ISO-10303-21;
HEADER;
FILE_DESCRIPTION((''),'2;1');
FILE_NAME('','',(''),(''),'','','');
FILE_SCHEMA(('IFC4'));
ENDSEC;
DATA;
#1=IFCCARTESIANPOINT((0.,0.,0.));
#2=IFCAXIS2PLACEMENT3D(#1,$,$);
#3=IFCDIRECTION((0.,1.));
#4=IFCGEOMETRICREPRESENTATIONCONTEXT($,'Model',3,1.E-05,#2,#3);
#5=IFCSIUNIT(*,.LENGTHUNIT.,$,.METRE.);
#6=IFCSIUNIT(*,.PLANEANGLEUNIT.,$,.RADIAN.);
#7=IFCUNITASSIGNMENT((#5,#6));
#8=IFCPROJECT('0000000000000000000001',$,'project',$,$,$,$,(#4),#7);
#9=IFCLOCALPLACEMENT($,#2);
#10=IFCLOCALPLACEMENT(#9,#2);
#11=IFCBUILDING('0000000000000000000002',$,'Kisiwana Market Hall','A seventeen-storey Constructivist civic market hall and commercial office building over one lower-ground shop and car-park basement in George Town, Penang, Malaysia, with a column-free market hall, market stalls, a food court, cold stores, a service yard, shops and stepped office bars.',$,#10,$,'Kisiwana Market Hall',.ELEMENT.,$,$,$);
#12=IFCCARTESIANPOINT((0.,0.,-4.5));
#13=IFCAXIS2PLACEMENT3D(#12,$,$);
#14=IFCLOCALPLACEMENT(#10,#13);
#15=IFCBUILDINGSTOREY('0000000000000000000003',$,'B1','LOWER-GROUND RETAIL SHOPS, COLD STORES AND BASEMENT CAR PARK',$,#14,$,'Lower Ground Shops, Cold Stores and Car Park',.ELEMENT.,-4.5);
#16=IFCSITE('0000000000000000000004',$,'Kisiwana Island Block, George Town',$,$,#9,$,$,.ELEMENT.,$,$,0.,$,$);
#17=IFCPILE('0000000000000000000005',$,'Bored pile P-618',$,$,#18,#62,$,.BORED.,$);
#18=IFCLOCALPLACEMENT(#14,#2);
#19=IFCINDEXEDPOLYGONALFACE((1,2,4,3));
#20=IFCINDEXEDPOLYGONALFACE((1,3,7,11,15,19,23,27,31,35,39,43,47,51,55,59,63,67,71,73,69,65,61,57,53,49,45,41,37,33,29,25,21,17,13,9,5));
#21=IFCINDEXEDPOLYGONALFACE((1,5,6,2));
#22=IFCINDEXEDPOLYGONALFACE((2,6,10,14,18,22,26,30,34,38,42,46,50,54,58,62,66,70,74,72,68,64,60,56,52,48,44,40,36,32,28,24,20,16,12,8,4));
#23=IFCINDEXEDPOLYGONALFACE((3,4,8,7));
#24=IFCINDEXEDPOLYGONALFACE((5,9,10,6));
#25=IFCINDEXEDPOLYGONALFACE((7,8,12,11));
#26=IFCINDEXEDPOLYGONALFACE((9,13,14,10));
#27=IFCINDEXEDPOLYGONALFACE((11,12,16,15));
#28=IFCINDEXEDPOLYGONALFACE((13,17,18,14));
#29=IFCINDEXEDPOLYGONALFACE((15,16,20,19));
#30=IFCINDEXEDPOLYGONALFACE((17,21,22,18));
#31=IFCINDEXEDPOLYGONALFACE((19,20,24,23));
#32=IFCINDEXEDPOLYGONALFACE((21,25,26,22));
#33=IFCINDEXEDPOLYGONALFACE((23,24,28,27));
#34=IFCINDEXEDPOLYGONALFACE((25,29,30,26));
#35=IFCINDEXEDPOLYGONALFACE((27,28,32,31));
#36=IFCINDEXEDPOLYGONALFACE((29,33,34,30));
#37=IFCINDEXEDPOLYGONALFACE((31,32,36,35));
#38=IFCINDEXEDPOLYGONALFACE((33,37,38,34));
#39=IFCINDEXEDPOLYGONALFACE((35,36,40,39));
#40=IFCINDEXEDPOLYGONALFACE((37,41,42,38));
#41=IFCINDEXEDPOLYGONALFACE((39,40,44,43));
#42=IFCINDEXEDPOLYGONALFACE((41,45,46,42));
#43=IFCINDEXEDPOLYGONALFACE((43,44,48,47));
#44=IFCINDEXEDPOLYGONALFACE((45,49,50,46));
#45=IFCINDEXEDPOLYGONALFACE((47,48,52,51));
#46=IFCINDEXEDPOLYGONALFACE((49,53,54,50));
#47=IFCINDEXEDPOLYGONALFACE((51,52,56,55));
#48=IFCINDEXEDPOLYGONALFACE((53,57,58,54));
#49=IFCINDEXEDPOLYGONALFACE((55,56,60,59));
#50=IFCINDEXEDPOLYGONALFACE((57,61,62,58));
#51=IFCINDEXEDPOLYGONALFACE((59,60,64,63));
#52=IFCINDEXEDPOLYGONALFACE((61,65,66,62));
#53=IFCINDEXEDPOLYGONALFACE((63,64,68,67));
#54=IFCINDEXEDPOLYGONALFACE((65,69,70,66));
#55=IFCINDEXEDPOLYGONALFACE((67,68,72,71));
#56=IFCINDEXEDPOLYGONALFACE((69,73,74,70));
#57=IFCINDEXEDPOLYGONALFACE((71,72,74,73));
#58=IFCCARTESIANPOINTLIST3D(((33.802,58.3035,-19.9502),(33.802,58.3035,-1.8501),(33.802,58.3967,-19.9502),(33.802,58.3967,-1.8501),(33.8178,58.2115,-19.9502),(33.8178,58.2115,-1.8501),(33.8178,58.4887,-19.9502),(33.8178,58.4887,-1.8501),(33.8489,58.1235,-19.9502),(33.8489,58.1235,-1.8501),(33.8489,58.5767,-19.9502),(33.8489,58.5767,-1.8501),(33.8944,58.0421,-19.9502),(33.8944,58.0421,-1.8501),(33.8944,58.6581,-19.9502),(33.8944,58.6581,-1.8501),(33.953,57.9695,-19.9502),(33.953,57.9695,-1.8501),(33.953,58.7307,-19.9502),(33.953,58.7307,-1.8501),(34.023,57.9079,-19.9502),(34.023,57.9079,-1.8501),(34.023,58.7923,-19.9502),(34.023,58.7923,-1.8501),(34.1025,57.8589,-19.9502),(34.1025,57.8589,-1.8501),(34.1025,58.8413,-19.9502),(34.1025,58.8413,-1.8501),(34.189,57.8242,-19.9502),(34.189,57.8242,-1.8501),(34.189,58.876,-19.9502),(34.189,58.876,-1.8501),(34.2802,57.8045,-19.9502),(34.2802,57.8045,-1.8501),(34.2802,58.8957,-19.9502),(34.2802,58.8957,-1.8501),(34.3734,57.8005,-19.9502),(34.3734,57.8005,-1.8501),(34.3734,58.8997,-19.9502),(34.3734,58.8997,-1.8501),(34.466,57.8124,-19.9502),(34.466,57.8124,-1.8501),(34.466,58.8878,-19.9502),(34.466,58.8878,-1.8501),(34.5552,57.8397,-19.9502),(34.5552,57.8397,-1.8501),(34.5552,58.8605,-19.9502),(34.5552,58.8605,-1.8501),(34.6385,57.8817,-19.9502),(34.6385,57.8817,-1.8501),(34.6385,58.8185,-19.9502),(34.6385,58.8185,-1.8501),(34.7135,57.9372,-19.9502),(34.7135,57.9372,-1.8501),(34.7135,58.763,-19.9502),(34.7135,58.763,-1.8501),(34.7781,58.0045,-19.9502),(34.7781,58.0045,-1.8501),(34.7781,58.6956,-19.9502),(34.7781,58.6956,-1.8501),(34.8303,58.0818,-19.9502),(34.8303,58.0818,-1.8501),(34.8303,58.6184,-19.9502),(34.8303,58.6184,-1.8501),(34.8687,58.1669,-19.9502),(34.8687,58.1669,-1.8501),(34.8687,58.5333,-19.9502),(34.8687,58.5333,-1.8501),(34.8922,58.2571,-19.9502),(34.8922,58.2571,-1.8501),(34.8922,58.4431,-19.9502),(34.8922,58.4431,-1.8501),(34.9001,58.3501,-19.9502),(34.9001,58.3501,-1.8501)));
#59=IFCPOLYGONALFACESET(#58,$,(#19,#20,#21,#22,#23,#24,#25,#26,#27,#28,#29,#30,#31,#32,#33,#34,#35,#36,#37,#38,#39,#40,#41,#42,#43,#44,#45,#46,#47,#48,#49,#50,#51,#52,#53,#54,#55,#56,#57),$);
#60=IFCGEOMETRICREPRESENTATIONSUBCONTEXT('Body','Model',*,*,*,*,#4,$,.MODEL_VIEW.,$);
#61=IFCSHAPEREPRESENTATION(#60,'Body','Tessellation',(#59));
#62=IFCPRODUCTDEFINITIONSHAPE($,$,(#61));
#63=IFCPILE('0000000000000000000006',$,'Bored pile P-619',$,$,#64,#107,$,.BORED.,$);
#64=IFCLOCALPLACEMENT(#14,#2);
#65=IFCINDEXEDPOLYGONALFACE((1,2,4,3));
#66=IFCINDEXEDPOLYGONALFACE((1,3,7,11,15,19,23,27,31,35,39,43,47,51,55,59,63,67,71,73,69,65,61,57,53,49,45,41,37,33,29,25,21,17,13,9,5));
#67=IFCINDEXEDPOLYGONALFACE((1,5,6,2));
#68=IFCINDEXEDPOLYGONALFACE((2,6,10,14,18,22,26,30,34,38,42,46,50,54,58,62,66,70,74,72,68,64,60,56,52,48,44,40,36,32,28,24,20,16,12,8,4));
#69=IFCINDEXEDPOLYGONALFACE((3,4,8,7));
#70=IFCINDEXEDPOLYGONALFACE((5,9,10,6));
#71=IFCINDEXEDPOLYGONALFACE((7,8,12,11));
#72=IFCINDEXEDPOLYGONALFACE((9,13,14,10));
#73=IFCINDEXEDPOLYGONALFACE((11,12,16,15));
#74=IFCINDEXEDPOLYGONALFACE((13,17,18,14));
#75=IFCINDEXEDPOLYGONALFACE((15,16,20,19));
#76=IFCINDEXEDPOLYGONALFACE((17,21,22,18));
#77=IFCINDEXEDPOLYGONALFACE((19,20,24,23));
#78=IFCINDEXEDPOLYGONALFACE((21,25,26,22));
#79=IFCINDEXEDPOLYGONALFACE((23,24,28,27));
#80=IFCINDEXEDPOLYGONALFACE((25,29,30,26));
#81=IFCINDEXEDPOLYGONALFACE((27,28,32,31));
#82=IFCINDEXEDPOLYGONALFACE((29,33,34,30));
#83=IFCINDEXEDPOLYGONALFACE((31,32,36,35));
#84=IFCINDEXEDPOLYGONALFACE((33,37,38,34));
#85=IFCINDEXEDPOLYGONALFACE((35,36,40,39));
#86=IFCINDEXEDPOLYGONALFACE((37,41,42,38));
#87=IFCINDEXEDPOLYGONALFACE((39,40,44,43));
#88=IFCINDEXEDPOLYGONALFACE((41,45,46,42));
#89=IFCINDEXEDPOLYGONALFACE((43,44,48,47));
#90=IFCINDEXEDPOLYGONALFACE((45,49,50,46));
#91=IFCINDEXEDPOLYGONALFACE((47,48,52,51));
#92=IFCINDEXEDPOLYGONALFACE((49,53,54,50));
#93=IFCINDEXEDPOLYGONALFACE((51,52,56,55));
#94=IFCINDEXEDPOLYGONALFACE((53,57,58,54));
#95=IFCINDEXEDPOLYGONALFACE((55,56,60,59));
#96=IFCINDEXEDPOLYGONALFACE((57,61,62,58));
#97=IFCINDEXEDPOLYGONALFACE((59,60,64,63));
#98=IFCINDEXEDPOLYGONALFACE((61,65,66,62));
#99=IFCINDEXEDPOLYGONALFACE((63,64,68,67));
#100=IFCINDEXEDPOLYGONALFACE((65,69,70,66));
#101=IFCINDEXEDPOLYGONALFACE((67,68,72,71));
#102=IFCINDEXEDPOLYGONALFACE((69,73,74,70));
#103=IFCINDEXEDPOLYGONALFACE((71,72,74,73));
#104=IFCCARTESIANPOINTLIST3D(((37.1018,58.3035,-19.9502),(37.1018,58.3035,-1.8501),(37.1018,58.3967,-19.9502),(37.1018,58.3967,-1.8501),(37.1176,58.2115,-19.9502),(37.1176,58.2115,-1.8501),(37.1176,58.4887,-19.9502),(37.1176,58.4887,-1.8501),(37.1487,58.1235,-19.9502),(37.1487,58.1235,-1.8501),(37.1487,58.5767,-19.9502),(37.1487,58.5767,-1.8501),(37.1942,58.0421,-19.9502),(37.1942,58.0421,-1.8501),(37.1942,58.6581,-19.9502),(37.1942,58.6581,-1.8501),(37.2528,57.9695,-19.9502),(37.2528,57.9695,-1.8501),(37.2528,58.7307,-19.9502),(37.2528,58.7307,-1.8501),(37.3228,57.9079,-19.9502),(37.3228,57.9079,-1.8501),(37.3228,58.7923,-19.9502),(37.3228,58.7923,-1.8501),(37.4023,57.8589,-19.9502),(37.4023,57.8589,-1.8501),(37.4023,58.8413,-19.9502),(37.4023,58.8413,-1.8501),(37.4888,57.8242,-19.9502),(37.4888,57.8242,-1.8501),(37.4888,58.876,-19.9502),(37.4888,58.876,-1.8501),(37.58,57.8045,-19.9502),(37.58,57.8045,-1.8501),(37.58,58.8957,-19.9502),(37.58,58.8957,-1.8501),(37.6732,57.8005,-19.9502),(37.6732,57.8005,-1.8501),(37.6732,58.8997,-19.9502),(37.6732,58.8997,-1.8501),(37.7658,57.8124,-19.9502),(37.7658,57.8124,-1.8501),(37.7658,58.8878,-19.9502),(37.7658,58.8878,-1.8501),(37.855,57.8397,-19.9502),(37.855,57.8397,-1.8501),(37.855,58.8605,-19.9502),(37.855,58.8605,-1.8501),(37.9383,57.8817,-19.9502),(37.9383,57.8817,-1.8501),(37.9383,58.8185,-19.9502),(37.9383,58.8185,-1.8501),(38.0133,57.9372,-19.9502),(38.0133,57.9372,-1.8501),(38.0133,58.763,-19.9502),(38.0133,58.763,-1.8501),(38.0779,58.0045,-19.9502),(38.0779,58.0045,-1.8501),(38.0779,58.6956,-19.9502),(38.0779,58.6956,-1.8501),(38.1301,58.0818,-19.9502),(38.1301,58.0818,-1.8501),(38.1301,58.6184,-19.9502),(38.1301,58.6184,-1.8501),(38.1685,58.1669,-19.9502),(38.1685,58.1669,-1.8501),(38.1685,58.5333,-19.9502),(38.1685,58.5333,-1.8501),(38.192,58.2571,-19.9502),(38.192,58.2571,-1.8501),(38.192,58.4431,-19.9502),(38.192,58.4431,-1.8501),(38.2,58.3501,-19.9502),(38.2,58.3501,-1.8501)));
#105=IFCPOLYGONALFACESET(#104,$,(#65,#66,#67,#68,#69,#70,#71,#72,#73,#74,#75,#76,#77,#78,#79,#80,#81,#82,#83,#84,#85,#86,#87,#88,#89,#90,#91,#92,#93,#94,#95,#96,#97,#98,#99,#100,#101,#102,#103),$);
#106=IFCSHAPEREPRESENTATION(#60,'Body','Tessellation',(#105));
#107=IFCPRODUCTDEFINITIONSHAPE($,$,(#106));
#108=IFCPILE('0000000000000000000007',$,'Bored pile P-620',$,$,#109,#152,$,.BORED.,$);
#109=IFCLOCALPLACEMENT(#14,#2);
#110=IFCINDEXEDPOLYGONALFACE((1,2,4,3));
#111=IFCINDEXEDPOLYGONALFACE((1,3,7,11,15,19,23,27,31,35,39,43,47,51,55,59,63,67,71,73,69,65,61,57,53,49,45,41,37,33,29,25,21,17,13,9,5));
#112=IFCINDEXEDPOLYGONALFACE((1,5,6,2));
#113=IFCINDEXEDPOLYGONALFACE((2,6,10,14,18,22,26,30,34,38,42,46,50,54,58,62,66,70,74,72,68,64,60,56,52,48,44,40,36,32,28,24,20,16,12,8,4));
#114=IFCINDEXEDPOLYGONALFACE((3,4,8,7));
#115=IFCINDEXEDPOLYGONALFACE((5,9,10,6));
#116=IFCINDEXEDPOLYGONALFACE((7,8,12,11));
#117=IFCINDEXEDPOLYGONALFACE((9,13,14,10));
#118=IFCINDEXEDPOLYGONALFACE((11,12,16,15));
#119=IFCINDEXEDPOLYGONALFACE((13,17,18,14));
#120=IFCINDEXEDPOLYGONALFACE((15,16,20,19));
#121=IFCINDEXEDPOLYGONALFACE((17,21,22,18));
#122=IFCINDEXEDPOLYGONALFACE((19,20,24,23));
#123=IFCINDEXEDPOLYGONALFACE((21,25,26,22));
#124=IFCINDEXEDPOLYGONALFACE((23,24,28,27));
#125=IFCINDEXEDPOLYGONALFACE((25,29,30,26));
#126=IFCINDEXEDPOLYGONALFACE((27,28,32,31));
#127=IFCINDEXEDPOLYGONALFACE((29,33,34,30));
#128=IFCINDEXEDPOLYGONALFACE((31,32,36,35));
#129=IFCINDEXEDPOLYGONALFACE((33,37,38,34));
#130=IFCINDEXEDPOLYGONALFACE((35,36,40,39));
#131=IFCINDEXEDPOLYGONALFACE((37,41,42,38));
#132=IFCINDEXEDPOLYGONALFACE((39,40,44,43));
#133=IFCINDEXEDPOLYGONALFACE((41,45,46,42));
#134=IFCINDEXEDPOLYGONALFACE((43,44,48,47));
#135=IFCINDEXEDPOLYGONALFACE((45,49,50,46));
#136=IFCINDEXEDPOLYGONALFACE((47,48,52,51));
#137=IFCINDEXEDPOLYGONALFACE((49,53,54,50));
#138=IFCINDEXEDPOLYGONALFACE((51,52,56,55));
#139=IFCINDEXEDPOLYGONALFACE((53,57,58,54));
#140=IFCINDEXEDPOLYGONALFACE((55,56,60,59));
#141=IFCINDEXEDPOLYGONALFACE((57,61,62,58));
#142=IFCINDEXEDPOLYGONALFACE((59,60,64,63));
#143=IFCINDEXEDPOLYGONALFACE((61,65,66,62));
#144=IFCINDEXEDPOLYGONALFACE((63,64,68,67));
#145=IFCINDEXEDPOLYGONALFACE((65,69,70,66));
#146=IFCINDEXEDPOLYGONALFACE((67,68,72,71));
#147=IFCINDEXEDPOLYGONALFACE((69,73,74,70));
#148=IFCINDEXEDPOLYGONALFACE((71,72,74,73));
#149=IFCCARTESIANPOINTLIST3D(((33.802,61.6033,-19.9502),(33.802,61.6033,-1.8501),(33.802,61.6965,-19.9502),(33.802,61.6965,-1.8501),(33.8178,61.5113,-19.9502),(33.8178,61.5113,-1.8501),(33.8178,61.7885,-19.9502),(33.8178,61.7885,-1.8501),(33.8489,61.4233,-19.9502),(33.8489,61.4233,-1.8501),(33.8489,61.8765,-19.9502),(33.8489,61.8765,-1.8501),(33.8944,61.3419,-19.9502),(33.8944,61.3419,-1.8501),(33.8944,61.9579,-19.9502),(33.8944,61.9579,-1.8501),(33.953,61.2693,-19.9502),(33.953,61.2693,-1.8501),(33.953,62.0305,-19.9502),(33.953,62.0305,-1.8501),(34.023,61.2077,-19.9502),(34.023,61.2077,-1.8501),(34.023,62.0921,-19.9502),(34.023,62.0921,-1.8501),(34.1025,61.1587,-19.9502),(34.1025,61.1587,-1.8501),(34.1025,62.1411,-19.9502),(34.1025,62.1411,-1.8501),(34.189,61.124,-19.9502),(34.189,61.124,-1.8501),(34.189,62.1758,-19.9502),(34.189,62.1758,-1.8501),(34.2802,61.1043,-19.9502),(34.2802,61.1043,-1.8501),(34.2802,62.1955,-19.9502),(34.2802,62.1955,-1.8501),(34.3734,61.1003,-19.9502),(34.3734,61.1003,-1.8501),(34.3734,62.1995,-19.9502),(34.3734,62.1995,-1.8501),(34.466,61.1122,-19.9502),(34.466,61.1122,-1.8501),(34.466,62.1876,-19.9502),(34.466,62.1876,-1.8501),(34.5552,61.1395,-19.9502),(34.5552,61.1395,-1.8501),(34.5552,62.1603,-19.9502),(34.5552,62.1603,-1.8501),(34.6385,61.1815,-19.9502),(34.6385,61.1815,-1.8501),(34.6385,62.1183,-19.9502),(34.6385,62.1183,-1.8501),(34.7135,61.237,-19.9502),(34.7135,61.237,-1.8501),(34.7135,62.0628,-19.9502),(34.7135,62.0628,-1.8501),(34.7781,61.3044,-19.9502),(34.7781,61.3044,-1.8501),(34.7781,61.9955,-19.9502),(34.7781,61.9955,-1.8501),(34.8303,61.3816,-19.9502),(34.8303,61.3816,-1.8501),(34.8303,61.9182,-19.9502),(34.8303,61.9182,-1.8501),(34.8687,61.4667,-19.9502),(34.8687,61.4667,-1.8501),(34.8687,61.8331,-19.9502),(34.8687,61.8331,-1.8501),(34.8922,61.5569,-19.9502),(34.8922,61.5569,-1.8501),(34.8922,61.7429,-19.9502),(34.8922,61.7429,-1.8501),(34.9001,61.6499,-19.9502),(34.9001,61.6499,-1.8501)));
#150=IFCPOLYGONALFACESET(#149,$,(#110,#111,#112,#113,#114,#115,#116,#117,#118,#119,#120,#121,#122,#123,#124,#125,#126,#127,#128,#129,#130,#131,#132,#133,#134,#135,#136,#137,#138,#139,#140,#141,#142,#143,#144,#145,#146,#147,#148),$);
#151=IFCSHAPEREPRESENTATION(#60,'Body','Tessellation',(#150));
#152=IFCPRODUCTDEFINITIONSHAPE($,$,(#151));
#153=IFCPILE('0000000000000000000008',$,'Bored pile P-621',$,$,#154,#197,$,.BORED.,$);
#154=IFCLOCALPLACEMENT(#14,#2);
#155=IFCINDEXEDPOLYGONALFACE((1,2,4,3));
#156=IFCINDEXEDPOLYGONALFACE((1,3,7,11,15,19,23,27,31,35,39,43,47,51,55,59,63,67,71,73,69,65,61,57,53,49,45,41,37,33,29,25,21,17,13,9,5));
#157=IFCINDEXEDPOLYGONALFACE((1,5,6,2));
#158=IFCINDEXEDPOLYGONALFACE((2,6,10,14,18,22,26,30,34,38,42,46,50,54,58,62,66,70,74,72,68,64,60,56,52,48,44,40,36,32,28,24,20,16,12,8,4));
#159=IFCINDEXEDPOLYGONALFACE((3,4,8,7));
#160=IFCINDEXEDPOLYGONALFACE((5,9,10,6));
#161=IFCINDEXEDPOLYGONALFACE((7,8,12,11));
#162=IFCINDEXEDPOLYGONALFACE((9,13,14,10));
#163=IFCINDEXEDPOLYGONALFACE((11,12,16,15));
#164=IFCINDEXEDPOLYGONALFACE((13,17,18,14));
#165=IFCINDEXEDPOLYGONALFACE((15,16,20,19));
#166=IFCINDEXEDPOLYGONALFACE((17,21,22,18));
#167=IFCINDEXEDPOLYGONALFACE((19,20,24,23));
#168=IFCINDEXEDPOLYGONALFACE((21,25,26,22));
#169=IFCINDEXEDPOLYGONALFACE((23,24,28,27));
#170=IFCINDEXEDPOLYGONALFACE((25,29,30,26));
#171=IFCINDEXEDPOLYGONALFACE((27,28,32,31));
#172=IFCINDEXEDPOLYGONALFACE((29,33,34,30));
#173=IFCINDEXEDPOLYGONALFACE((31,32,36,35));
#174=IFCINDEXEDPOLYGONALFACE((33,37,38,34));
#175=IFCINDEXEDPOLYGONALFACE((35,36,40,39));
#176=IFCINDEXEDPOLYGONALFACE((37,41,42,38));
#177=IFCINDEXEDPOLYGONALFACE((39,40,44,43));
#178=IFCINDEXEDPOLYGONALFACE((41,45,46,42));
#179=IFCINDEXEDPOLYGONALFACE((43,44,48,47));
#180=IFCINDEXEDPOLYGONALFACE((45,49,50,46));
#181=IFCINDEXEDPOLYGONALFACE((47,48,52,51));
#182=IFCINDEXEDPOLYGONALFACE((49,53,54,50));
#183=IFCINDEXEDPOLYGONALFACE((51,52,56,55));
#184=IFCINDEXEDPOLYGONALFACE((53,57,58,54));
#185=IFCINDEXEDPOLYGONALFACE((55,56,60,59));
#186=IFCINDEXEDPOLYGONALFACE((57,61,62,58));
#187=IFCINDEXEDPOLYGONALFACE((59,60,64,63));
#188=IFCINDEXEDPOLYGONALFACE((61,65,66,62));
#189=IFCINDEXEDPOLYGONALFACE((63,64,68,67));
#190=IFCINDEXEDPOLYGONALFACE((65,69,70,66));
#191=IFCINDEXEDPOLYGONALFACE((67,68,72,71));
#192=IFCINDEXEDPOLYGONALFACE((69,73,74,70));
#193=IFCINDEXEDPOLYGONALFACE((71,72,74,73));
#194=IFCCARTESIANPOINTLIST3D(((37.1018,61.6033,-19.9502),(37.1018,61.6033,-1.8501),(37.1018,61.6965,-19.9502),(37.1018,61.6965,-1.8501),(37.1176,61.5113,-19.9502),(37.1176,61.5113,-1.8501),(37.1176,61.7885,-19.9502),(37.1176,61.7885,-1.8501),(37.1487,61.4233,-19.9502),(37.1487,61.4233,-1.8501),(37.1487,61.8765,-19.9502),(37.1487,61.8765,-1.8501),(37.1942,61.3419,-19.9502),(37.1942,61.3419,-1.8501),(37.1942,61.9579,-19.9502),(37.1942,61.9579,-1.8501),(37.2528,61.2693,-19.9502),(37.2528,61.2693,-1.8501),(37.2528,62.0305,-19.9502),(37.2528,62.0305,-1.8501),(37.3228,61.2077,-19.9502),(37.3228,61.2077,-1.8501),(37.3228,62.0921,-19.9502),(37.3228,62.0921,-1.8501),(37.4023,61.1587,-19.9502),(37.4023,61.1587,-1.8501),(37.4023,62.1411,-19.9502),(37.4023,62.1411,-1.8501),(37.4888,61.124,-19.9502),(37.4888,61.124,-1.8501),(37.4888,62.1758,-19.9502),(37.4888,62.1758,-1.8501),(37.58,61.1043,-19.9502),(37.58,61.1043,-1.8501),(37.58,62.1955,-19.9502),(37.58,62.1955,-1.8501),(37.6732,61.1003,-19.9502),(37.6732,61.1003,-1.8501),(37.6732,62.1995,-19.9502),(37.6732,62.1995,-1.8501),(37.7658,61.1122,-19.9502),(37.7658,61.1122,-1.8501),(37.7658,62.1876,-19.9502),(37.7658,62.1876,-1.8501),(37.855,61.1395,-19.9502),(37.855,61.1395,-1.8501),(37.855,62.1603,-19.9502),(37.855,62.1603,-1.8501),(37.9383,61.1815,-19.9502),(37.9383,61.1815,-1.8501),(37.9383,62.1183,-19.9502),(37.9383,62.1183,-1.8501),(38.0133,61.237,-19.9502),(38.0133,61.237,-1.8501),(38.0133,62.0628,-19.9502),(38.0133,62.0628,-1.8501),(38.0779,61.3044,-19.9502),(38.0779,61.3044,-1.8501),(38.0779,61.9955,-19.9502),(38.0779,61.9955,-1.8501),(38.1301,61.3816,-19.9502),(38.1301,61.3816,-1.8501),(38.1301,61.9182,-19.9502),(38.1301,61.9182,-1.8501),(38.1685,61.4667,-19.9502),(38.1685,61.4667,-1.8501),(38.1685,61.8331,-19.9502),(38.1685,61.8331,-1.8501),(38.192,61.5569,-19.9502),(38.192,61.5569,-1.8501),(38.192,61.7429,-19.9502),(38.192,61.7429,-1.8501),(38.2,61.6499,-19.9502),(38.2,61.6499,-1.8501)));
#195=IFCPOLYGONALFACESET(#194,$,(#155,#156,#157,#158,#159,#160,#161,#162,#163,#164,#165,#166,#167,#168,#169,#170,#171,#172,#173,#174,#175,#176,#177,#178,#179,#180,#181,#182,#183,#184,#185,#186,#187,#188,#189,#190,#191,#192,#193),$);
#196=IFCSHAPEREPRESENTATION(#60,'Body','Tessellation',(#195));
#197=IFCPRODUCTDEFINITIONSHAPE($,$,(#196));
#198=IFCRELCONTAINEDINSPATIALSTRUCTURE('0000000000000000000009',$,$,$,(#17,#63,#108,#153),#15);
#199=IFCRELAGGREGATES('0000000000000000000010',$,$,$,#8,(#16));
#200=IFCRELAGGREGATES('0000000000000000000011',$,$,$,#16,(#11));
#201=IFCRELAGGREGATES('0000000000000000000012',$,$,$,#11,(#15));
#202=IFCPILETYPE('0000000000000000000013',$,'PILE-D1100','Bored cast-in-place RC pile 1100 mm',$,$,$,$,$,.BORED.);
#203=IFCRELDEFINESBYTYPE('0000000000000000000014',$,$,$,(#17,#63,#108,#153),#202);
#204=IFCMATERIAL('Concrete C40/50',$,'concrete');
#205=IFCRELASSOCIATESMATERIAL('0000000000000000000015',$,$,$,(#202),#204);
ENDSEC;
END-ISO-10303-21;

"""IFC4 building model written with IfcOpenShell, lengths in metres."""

from ifc_helpers import new_model, si_unit, direction, frame, origin, origin_2d, place, context, subcontext, project, spatial, circle, extrude, material, material_profile, profile_set, type_object, element, save


model = new_model("IFC4")

# Units and contexts
model_context = context("Model", 3, precision=1e-05, world=origin(), true_north=direction((0.0, 1.0)))
body_context = subcontext(model_context, "Body", "Model", "MODEL_VIEW")
ifc_project = project(units=[si_unit("LENGTHUNIT", "METRE"), si_unit("PLANEANGLEUNIT", "RADIAN")], contexts=[model_context])

# Site, building, storey
site_placement = place(None, origin())
site = spatial("IfcSite", under=ifc_project, at=site_placement, Name="Kisiwana Island Block, George Town", CompositionType="ELEMENT", RefElevation=0.0)
building_placement = place(site_placement, origin())
building = spatial("IfcBuilding", under=site, at=building_placement, Name="Kisiwana Market Hall", Description="A seventeen-storey Constructivist civic market hall and commercial office building over one lower-ground shop and car-park basement in George Town, Penang, Malaysia, with a column-free market hall, market stalls, a food court, cold stores, a service yard, shops and stepped office bars.", LongName="Kisiwana Market Hall", CompositionType="ELEMENT")
storey_placement = place(building_placement, frame((0.0, 0.0, -4.5)))
storey = spatial("IfcBuildingStorey", under=building, at=storey_placement, Name="B1", Description="LOWER-GROUND RETAIL SHOPS, COLD STORES AND BASEMENT CAR PARK", LongName="Lower Ground Shops, Cold Stores and Car Park", CompositionType="ELEMENT", Elevation=-4.5)

# Piles
ifc_material_1 = material(Name="Concrete C40/50", Category="concrete")
ifc_material_profile_1 = material_profile(ifc_material_1, circle(Radius=0.55, at=origin_2d()), Name="BP D1100")
ifc_profile_set_1 = profile_set([ifc_material_profile_1], Name="Concrete C40/50")
pile_type_1 = type_object("IfcPileType", Name="PILE-D1100", Description="Bored cast-in-place RC pile 1100 mm", PredefinedType="BORED", material=ifc_profile_set_1)
for number, where, z_axis, x_axis, name in (
    (1, (34.3501, 58.3501, -1.8501), (0.0, 0.0, -1.0), (1.0, 0.0, 0.0), "Bored pile P-618"),
    (2, (37.6499, 58.3501, -1.8501), (0.0, 0.0, -1.0), (1.0, 0.0, 0.0), "Bored pile P-619"),
    (3, (34.3501, 61.6499, -1.8501), (0.0, 0.0, -1.0), (1.0, 0.0, 0.0), "Bored pile P-620"),
    (4, (37.6499, 61.6499, -1.8501), (0.0, 0.0, -1.0), (1.0, 0.0, 0.0), "Bored pile P-621"),
):
    element("IfcPile", number, at=place(storey_placement, frame(where, z_axis=z_axis, x_axis=x_axis)), inside=storey, type_object=pile_type_1, Name=name, PredefinedType="BORED", context=body_context, shape_type="SweptSolid", body=[
        extrude(circle(Radius=0.55, at=origin_2d()), origin(), (0.0, 0.0, 1.0), 18.1001),
    ])

save(model, "model.ifc")
